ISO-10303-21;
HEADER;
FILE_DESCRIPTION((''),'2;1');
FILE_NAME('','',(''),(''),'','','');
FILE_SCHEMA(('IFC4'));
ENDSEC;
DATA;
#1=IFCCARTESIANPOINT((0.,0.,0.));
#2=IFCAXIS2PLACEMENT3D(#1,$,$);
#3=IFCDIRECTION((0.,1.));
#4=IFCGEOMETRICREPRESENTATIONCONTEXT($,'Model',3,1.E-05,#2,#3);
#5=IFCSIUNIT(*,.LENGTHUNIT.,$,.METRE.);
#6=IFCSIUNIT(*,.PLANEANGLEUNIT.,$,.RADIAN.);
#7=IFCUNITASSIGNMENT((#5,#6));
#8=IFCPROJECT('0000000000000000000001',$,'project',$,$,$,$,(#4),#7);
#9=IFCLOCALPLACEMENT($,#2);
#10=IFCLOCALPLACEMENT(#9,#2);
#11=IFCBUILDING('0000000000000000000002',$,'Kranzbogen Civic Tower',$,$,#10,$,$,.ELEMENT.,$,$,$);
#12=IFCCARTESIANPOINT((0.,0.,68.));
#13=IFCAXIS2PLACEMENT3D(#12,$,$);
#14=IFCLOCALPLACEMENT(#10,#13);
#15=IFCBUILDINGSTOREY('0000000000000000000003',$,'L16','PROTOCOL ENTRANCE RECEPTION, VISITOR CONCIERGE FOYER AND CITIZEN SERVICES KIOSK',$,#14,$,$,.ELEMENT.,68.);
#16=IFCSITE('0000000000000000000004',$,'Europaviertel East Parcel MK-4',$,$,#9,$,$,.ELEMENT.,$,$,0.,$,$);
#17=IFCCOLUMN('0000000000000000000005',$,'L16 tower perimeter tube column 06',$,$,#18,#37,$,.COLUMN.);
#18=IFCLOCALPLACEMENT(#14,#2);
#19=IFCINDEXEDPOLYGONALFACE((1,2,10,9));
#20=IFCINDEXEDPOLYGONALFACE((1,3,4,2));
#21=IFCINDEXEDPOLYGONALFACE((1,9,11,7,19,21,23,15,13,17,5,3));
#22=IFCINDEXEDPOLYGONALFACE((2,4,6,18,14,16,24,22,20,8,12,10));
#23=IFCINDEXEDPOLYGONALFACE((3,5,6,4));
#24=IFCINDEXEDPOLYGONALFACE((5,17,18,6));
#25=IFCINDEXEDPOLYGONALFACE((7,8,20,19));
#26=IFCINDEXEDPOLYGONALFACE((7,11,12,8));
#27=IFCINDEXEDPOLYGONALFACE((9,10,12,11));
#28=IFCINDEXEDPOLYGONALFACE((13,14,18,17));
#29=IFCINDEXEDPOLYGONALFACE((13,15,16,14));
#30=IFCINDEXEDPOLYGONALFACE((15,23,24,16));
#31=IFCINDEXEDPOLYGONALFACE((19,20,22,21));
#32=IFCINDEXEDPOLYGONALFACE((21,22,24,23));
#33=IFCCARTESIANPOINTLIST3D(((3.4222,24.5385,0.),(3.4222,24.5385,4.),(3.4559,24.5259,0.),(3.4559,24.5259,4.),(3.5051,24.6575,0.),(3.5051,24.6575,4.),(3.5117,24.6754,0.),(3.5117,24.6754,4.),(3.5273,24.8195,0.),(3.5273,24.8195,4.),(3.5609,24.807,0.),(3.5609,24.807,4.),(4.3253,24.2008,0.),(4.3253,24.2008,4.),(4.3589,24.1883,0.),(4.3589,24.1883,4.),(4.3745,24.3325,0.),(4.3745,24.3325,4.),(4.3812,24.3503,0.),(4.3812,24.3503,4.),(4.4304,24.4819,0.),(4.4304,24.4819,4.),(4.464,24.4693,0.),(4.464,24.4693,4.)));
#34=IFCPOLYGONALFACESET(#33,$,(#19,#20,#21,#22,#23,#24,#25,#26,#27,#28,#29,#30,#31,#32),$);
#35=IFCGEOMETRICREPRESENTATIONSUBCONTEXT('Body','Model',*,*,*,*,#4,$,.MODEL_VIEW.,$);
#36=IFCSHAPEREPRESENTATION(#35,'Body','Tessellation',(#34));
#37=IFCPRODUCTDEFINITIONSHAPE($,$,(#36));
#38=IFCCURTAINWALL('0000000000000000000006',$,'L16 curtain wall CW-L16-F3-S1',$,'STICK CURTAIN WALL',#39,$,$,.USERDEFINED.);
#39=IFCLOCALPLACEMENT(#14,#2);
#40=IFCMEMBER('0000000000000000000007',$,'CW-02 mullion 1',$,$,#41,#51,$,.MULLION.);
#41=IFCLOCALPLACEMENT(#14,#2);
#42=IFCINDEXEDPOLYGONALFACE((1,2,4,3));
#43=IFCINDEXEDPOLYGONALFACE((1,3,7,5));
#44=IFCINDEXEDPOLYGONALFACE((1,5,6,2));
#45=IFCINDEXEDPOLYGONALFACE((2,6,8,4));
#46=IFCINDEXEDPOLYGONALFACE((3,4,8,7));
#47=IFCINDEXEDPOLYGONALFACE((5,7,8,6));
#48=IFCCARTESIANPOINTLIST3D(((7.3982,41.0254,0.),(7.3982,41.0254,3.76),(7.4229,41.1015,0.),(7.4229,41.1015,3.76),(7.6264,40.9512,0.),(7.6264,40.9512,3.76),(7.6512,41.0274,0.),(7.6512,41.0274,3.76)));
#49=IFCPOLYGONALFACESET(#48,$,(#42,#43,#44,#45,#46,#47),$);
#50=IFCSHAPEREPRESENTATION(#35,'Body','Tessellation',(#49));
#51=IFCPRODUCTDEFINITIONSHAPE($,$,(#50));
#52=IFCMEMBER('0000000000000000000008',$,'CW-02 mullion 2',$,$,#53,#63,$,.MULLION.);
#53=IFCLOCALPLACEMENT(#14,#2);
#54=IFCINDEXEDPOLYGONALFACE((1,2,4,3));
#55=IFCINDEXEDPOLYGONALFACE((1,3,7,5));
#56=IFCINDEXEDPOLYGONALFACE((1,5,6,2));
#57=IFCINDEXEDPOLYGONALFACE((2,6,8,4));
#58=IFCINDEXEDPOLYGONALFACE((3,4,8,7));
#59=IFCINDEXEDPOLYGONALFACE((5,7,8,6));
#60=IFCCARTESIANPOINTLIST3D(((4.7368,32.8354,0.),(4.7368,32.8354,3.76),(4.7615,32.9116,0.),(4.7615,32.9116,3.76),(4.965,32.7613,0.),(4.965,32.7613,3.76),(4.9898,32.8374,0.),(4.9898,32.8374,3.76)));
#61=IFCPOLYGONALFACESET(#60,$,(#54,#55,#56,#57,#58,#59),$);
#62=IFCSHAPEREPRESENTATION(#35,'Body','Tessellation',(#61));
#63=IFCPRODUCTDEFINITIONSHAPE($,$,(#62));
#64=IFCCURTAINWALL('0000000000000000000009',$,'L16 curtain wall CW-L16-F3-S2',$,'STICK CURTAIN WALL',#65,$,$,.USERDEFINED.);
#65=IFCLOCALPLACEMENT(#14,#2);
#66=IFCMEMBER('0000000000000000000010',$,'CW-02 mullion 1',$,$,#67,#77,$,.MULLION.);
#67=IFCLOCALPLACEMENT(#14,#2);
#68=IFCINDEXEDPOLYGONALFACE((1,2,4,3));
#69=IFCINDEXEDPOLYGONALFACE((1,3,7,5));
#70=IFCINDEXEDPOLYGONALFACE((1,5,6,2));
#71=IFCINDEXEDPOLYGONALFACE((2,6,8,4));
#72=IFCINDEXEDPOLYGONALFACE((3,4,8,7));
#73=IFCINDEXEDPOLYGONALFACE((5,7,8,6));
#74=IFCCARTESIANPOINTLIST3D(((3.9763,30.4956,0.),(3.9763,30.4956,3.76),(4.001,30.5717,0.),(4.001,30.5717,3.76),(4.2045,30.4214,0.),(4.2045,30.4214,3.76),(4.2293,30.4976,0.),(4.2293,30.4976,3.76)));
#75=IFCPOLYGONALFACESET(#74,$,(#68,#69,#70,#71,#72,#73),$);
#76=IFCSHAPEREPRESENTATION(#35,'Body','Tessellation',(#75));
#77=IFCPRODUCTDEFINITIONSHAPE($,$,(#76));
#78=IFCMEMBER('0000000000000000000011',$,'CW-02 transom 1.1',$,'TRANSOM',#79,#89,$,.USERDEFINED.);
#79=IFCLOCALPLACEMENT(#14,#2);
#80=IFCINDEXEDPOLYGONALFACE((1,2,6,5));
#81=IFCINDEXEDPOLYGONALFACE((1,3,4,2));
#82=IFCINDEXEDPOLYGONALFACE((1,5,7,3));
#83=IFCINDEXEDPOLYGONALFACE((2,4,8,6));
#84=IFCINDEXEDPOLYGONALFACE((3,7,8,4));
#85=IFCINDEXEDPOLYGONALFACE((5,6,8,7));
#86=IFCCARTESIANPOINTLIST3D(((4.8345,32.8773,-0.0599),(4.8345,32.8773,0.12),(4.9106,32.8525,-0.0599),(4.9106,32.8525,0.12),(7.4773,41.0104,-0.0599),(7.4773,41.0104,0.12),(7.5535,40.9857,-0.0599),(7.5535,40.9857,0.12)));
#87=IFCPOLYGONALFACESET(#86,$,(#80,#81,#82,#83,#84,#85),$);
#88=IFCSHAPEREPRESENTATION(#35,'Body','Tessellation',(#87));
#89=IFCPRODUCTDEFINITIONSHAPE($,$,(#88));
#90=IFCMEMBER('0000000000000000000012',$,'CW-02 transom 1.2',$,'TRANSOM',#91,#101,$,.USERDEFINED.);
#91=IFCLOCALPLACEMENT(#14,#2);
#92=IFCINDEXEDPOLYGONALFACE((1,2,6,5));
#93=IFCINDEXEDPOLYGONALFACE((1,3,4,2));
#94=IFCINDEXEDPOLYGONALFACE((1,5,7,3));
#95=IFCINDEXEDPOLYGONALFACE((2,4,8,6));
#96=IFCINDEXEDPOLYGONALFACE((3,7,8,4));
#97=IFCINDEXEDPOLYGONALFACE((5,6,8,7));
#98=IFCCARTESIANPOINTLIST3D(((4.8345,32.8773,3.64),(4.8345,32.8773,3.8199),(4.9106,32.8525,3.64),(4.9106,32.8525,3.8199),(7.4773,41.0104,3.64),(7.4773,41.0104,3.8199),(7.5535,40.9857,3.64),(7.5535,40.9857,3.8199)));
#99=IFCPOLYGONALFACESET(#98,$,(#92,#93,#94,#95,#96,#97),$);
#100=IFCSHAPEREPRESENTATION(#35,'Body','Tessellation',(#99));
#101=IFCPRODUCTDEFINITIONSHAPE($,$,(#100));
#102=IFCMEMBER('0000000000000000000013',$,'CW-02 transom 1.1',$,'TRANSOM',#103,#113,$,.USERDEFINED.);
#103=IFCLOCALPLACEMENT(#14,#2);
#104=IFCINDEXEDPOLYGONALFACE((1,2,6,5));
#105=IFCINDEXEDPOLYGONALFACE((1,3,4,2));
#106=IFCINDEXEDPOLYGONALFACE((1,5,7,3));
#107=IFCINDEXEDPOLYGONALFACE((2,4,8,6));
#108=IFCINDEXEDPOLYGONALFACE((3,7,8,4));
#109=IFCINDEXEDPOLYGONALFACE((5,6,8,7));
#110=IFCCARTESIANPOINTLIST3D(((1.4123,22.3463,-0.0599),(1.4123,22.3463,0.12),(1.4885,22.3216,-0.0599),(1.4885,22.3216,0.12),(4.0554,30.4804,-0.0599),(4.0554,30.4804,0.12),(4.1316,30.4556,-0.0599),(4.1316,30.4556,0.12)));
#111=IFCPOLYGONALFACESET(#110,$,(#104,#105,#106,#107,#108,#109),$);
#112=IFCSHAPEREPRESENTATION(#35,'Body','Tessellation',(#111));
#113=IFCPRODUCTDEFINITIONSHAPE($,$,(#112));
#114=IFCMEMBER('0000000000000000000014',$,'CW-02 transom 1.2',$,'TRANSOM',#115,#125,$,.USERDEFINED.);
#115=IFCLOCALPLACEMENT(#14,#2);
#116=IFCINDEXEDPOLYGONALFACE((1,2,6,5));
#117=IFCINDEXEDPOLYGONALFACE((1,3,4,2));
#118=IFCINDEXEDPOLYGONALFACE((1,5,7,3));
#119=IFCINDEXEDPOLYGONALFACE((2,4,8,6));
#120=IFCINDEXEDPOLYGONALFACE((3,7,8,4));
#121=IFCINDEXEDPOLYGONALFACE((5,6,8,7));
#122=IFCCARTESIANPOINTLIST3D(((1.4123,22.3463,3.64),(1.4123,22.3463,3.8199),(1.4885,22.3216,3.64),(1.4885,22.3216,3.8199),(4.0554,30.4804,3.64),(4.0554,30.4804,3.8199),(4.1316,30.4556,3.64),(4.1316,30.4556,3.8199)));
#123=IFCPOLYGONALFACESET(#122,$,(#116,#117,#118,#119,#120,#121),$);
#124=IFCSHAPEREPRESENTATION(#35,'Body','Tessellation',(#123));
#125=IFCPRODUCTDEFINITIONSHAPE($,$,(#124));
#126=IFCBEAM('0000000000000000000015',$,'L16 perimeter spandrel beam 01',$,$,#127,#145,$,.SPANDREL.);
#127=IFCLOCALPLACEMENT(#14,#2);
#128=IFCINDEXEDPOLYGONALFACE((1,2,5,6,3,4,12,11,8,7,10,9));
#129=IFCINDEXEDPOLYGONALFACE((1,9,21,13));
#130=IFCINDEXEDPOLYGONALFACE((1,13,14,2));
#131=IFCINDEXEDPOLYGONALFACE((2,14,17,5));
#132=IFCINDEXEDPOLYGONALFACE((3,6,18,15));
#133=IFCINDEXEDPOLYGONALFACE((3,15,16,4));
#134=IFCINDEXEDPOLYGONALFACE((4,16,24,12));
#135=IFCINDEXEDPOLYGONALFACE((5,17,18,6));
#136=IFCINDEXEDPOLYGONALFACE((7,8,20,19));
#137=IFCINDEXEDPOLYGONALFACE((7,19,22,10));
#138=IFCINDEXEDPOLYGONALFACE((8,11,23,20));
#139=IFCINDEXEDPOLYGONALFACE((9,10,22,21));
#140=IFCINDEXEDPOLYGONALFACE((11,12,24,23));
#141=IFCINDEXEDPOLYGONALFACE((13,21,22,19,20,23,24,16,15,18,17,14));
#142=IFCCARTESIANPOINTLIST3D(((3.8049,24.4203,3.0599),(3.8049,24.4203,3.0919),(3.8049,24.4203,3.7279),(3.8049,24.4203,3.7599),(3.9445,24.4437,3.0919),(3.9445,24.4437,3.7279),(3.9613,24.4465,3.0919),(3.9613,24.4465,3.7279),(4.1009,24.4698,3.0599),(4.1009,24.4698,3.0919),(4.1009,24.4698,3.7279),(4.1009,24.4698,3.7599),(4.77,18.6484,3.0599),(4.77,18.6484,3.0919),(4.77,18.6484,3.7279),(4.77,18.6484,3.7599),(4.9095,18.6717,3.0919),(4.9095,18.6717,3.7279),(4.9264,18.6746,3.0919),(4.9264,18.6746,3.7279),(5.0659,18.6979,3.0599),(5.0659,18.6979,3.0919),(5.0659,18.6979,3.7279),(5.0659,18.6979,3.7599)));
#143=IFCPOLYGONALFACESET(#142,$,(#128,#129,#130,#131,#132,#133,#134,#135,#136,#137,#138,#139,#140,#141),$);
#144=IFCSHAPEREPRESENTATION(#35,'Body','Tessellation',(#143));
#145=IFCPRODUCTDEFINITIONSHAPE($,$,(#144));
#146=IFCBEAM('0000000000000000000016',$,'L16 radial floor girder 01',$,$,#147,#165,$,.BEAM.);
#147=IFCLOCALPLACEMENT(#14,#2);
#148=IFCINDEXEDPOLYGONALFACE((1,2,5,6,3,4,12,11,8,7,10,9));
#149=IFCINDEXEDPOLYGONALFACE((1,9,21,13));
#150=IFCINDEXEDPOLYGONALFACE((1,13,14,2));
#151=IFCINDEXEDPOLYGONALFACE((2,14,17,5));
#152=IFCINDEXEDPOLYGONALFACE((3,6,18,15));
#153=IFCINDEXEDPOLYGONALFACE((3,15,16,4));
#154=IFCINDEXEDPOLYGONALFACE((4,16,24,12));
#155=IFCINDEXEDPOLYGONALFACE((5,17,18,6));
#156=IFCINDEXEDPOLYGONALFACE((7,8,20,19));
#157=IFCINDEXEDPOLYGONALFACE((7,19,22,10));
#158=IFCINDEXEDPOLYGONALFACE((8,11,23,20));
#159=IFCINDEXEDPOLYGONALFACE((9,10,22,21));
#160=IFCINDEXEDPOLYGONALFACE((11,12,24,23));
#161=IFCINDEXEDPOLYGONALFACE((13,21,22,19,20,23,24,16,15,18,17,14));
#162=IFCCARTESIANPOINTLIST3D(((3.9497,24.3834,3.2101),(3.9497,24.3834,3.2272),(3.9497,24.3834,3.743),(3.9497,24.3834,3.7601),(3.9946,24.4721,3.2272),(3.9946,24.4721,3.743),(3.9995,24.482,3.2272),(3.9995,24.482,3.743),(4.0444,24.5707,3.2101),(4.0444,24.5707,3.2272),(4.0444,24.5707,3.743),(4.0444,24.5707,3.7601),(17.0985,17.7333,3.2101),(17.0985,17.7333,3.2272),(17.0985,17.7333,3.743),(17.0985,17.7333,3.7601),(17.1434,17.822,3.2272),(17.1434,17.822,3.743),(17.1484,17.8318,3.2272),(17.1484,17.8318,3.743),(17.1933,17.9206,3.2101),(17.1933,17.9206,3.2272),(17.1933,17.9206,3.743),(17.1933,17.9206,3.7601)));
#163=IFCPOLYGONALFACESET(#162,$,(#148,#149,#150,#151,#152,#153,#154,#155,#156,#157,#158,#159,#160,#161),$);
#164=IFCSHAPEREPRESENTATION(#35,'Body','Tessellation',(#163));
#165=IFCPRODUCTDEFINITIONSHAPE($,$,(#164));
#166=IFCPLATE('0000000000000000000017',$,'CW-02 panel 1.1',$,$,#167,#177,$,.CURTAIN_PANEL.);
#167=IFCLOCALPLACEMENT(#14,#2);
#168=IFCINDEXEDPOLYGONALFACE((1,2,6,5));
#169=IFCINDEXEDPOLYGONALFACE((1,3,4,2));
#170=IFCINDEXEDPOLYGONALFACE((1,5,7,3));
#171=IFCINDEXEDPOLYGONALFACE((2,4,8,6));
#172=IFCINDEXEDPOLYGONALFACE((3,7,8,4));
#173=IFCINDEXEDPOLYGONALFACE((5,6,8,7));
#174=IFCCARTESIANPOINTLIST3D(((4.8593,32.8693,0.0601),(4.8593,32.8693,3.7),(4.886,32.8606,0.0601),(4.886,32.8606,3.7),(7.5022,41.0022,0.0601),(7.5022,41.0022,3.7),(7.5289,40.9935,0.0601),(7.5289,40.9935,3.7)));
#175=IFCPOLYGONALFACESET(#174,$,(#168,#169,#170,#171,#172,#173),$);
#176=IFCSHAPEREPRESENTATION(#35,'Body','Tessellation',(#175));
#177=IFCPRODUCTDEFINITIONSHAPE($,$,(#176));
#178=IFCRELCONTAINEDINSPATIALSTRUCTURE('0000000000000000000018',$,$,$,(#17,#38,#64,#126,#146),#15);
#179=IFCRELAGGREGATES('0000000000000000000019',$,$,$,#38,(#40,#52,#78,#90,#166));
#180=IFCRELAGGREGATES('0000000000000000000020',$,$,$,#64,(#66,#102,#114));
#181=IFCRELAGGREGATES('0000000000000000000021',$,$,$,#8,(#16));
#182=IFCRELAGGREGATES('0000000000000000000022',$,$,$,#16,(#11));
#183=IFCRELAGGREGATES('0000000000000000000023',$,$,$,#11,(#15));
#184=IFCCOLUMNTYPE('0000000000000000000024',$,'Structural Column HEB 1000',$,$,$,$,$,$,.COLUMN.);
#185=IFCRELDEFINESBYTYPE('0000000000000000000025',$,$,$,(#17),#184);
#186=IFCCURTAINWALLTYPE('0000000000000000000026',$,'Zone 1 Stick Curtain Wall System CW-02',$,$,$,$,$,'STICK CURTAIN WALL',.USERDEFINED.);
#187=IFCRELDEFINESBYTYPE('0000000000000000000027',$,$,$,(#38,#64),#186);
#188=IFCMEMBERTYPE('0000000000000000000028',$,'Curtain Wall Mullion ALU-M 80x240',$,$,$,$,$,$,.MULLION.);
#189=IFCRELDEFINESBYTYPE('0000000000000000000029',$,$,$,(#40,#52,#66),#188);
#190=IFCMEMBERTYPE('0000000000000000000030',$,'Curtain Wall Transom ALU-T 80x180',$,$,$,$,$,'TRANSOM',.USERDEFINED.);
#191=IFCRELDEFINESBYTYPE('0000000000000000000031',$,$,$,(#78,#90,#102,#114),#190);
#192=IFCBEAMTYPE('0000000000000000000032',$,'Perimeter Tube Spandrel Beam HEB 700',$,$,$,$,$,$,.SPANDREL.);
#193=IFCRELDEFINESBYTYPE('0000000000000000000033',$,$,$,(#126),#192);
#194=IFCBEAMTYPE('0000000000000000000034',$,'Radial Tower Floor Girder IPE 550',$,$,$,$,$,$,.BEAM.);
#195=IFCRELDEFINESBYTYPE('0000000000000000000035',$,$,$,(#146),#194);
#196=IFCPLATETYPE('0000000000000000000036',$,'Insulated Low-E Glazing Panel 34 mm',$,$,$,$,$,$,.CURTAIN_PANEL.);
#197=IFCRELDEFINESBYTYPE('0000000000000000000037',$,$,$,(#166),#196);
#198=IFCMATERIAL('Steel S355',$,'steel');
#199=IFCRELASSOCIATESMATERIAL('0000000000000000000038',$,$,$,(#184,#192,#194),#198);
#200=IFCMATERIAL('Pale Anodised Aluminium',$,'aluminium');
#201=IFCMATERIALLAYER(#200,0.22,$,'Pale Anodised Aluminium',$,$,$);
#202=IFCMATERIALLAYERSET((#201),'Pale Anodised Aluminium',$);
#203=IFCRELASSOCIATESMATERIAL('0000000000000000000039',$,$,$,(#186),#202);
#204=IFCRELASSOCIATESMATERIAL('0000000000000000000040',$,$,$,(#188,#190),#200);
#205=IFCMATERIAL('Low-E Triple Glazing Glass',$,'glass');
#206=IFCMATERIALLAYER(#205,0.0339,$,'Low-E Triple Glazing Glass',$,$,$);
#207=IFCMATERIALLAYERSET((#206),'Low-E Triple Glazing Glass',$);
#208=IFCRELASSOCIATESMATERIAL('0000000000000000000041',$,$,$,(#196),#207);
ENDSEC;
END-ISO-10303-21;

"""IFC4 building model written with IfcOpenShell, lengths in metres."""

from ifc_helpers import new_model, si_unit, direction, frame, origin, origin_2d, place, context, subcontext, project, spatial, rectangle, i_section, extrude, material, layer, layer_set, material_profile, profile_set, type_object, element, aggregate, save


model = new_model("IFC4")

# Units and contexts
model_context = context("Model", 3, precision=1e-05, world=origin(), true_north=direction((0.0, 1.0)))
body_context = subcontext(model_context, "Body", "Model", "MODEL_VIEW")
ifc_project = project(units=[si_unit("LENGTHUNIT", "METRE"), si_unit("PLANEANGLEUNIT", "RADIAN")], contexts=[model_context])

# Site, building, storey
site_placement = place(None, origin())
site = spatial("IfcSite", under=ifc_project, at=site_placement, Name="Europaviertel East Parcel MK-4", CompositionType="ELEMENT", RefElevation=0.0)
building_placement = place(site_placement, origin())
building = spatial("IfcBuilding", under=site, at=building_placement, Name="Kranzbogen Civic Tower", CompositionType="ELEMENT")
storey_placement = place(building_placement, frame((0.0, 0.0, 68.0)))
storey = spatial("IfcBuildingStorey", under=building, at=storey_placement, Name="L16", Description="PROTOCOL ENTRANCE RECEPTION, VISITOR CONCIERGE FOYER AND CITIZEN SERVICES KIOSK", CompositionType="ELEMENT", Elevation=68.0)

# Column
ifc_material_1 = material(Name="Steel S355", Category="steel")
ifc_material_profile_1 = material_profile(ifc_material_1, i_section(OverallWidth=0.3, OverallDepth=1.0, WebThickness=0.019, FlangeThickness=0.0359, at=origin_2d()), Name="HEB 1000")
ifc_profile_set_1 = profile_set([ifc_material_profile_1], Name="Steel S355")
column_type = type_object("IfcColumnType", Name="Structural Column HEB 1000", PredefinedType="COLUMN", material=ifc_profile_set_1)
column_placement = place(storey_placement, frame((3.9431, 24.5039, 0.0), z_axis=(0.0, 0.0, 1.0), x_axis=(0.350207, 0.936672, 0.0)))
element("IfcColumn", 1, at=column_placement, inside=storey, type_object=column_type, Name="L16 tower perimeter tube column 06", PredefinedType="COLUMN", context=body_context, shape_type="SweptSolid", body=[
    extrude(i_section(OverallWidth=0.3, OverallDepth=1.0, WebThickness=0.019, FlangeThickness=0.0359, at=origin_2d()), origin(), (0.0, 0.0, 1.0), 4.0),
])

# Curtain wall, members
ifc_material_2 = material(Name="Pale Anodised Aluminium", Category="aluminium")
ifc_layer_1 = layer(ifc_material_2, 0.22, Name="Pale Anodised Aluminium")
ifc_layer_set_1 = layer_set([ifc_layer_1], Name="Pale Anodised Aluminium")
curtain_wall_type = type_object("IfcCurtainWallType", Name="Zone 1 Stick Curtain Wall System CW-02", ElementType="STICK CURTAIN WALL", PredefinedType="USERDEFINED", material=ifc_layer_set_1)
curtain_wall_1_placement = place(storey_placement, origin())
curtain_wall_1 = element("IfcCurtainWall", 2, at=curtain_wall_1_placement, inside=storey, type_object=curtain_wall_type, Name="L16 curtain wall CW-L16-F3-S1", ObjectType="STICK CURTAIN WALL", PredefinedType="USERDEFINED")
ifc_material_profile_2 = material_profile(ifc_material_2, rectangle(XDim=0.0801, YDim=0.24, at=origin_2d()), Name="ALU-M 80x240")
ifc_profile_set_2 = profile_set([ifc_material_profile_2], Name="Pale Anodised Aluminium")
member_type_1 = type_object("IfcMemberType", Name="Curtain Wall Mullion ALU-M 80x240", PredefinedType="MULLION", material=ifc_profile_set_2)
member_1_placement = place(storey_placement, frame((7.5247, 41.0264, 0.0), z_axis=(0.0, 0.0, 1.0), x_axis=(-0.309057, -0.951043, 0.0)))
member_1 = element("IfcMember", 3, at=member_1_placement, type_object=member_type_1, Name="CW-02 mullion 1", PredefinedType="MULLION", context=body_context, shape_type="SweptSolid", body=[
    extrude(rectangle(XDim=0.0801, YDim=0.24, at=origin_2d()), origin(), (0.0, 0.0, 1.0), 3.76),
])
member_2_placement = place(storey_placement, frame((4.8633, 32.8364, 0.0), z_axis=(0.0, 0.0, 1.0), x_axis=(-0.309057, -0.951043, 0.0)))
member_2 = element("IfcMember", 4, at=member_2_placement, type_object=member_type_1, Name="CW-02 mullion 2", PredefinedType="MULLION", context=body_context, shape_type="SweptSolid", body=[
    extrude(rectangle(XDim=0.0801, YDim=0.24, at=origin_2d()), origin(), (0.0, 0.0, 1.0), 3.76),
])

# Curtain wall, member
curtain_wall_2_placement = place(storey_placement, origin())
curtain_wall_2 = element("IfcCurtainWall", 5, at=curtain_wall_2_placement, inside=storey, type_object=curtain_wall_type, Name="L16 curtain wall CW-L16-F3-S2", ObjectType="STICK CURTAIN WALL", PredefinedType="USERDEFINED")
member_3_placement = place(storey_placement, frame((4.1028, 30.4966, 0.0), z_axis=(0.0, 0.0, 1.0), x_axis=(-0.309023, -0.951054, 0.0)))
member_3 = element("IfcMember", 6, at=member_3_placement, type_object=member_type_1, Name="CW-02 mullion 1", PredefinedType="MULLION", context=body_context, shape_type="SweptSolid", body=[
    extrude(rectangle(XDim=0.0801, YDim=0.24, at=origin_2d()), origin(), (0.0, 0.0, 1.0), 3.76),
])

# Members
ifc_material_profile_3 = material_profile(ifc_material_2, rectangle(XDim=0.0801, YDim=0.1799, at=origin_2d()), Name="ALU-T 80x180")
ifc_profile_set_3 = profile_set([ifc_material_profile_3], Name="Pale Anodised Aluminium")
member_type_2 = type_object("IfcMemberType", Name="Curtain Wall Transom ALU-T 80x180", ElementType="TRANSOM", PredefinedType="USERDEFINED", material=ifc_profile_set_3)
member_4_placement = place(storey_placement, frame((7.5154, 40.998, 0.03), z_axis=(-0.309042, -0.951049, 0.0), x_axis=(0.951049, -0.309042, 0.0)))
member_4 = element("IfcMember", 7, at=member_4_placement, type_object=member_type_2, Name="CW-02 transom 1.1", ObjectType="TRANSOM", PredefinedType="USERDEFINED", context=body_context, shape_type="SweptSolid", body=[
    extrude(rectangle(XDim=0.0801, YDim=0.1799, at=origin_2d()), origin(), (0.0, 0.0, 1.0), 8.5518),
])
member_5_placement = place(storey_placement, frame((7.5154, 40.998, 3.73), z_axis=(-0.309042, -0.951049, 0.0), x_axis=(0.951049, -0.309042, 0.0)))
member_5 = element("IfcMember", 8, at=member_5_placement, type_object=member_type_2, Name="CW-02 transom 1.2", ObjectType="TRANSOM", PredefinedType="USERDEFINED", context=body_context, shape_type="SweptSolid", body=[
    extrude(rectangle(XDim=0.0801, YDim=0.1799, at=origin_2d()), origin(), (0.0, 0.0, 1.0), 8.5518),
])
member_6_placement = place(storey_placement, frame((4.0935, 30.468, 0.03), z_axis=(-0.309034, -0.951051, 0.0), x_axis=(0.951051, -0.309034, 0.0)))
member_6 = element("IfcMember", 9, at=member_6_placement, type_object=member_type_2, Name="CW-02 transom 1.1", ObjectType="TRANSOM", PredefinedType="USERDEFINED", context=body_context, shape_type="SweptSolid", body=[
    extrude(rectangle(XDim=0.0801, YDim=0.1799, at=origin_2d()), origin(), (0.0, 0.0, 1.0), 8.5527),
])
member_7_placement = place(storey_placement, frame((4.0935, 30.468, 3.73), z_axis=(-0.309034, -0.951051, 0.0), x_axis=(0.951051, -0.309034, 0.0)))
member_7 = element("IfcMember", 10, at=member_7_placement, type_object=member_type_2, Name="CW-02 transom 1.2", ObjectType="TRANSOM", PredefinedType="USERDEFINED", context=body_context, shape_type="SweptSolid", body=[
    extrude(rectangle(XDim=0.0801, YDim=0.1799, at=origin_2d()), origin(), (0.0, 0.0, 1.0), 8.5527),
])

# Beams
ifc_material_profile_4 = material_profile(ifc_material_1, i_section(OverallWidth=0.3, OverallDepth=0.7, WebThickness=0.0171, FlangeThickness=0.032, at=origin_2d()), Name="HEB 700")
ifc_profile_set_4 = profile_set([ifc_material_profile_4], Name="Steel S355")
beam_type_1 = type_object("IfcBeamType", Name="Perimeter Tube Spandrel Beam HEB 700", PredefinedType="SPANDREL", material=ifc_profile_set_4)
beam_1_placement = place(storey_placement, frame((3.9529, 24.4451, 3.4099), z_axis=(0.164913, -0.986308, 0.0), x_axis=(0.986308, 0.164913, 0.0)))
element("IfcBeam", 11, at=beam_1_placement, inside=storey, type_object=beam_type_1, Name="L16 perimeter spandrel beam 01", PredefinedType="SPANDREL", context=body_context, shape_type="SweptSolid", body=[
    extrude(i_section(OverallWidth=0.3, OverallDepth=0.7, WebThickness=0.0171, FlangeThickness=0.032, at=origin_2d()), origin(), (0.0, 0.0, 1.0), 5.8521),
])
ifc_material_profile_5 = material_profile(ifc_material_1, i_section(OverallWidth=0.21, OverallDepth=0.55, WebThickness=0.011, FlangeThickness=0.0171, at=origin_2d()), Name="IPE 550")
ifc_profile_set_5 = profile_set([ifc_material_profile_5], Name="Steel S355")
beam_type_2 = type_object("IfcBeamType", Name="Radial Tower Floor Girder IPE 550", PredefinedType="BEAM", material=ifc_profile_set_5)
beam_2_placement = place(storey_placement, frame((3.9971, 24.4771, 3.4851), z_axis=(0.892363, -0.451318, 0.0), x_axis=(0.451318, 0.892363, 0.0)))
element("IfcBeam", 12, at=beam_2_placement, inside=storey, type_object=beam_type_2, Name="L16 radial floor girder 01", PredefinedType="BEAM", context=body_context, shape_type="SweptSolid", body=[
    extrude(i_section(OverallWidth=0.21, OverallDepth=0.55, WebThickness=0.011, FlangeThickness=0.0171, at=origin_2d()), origin(), (0.0, 0.0, 1.0), 14.7349),
])

# Plate
ifc_material_3 = material(Name="Low-E Triple Glazing Glass", Category="glass")
ifc_layer_2 = layer(ifc_material_3, 0.0339, Name="Low-E Triple Glazing Glass")
ifc_layer_set_2 = layer_set([ifc_layer_2], Name="Low-E Triple Glazing Glass")
plate_type = type_object("IfcPlateType", Name="Insulated Low-E Glazing Panel 34 mm", PredefinedType="CURTAIN_PANEL", material=ifc_layer_set_2)
plate_1_placement = place(storey_placement, frame((6.1941, 36.9314, 0.0601), z_axis=(0.0, 0.0, 1.0), x_axis=(-0.309057, -0.951043, 0.0)))
plate_1 = element("IfcPlate", 13, at=plate_1_placement, type_object=plate_type, Name="CW-02 panel 1.1", PredefinedType="CURTAIN_PANEL", context=body_context, shape_type="SweptSolid", body=[
    extrude(rectangle(XDim=8.5515, YDim=0.0281, at=origin_2d()), origin(), (0.0, 0.0, 1.0), 3.6399),
])
aggregate(curtain_wall_1, [member_1, member_2, member_4, member_5, plate_1])
aggregate(curtain_wall_2, [member_3, member_6, member_7])

save(model, "model.ifc")
